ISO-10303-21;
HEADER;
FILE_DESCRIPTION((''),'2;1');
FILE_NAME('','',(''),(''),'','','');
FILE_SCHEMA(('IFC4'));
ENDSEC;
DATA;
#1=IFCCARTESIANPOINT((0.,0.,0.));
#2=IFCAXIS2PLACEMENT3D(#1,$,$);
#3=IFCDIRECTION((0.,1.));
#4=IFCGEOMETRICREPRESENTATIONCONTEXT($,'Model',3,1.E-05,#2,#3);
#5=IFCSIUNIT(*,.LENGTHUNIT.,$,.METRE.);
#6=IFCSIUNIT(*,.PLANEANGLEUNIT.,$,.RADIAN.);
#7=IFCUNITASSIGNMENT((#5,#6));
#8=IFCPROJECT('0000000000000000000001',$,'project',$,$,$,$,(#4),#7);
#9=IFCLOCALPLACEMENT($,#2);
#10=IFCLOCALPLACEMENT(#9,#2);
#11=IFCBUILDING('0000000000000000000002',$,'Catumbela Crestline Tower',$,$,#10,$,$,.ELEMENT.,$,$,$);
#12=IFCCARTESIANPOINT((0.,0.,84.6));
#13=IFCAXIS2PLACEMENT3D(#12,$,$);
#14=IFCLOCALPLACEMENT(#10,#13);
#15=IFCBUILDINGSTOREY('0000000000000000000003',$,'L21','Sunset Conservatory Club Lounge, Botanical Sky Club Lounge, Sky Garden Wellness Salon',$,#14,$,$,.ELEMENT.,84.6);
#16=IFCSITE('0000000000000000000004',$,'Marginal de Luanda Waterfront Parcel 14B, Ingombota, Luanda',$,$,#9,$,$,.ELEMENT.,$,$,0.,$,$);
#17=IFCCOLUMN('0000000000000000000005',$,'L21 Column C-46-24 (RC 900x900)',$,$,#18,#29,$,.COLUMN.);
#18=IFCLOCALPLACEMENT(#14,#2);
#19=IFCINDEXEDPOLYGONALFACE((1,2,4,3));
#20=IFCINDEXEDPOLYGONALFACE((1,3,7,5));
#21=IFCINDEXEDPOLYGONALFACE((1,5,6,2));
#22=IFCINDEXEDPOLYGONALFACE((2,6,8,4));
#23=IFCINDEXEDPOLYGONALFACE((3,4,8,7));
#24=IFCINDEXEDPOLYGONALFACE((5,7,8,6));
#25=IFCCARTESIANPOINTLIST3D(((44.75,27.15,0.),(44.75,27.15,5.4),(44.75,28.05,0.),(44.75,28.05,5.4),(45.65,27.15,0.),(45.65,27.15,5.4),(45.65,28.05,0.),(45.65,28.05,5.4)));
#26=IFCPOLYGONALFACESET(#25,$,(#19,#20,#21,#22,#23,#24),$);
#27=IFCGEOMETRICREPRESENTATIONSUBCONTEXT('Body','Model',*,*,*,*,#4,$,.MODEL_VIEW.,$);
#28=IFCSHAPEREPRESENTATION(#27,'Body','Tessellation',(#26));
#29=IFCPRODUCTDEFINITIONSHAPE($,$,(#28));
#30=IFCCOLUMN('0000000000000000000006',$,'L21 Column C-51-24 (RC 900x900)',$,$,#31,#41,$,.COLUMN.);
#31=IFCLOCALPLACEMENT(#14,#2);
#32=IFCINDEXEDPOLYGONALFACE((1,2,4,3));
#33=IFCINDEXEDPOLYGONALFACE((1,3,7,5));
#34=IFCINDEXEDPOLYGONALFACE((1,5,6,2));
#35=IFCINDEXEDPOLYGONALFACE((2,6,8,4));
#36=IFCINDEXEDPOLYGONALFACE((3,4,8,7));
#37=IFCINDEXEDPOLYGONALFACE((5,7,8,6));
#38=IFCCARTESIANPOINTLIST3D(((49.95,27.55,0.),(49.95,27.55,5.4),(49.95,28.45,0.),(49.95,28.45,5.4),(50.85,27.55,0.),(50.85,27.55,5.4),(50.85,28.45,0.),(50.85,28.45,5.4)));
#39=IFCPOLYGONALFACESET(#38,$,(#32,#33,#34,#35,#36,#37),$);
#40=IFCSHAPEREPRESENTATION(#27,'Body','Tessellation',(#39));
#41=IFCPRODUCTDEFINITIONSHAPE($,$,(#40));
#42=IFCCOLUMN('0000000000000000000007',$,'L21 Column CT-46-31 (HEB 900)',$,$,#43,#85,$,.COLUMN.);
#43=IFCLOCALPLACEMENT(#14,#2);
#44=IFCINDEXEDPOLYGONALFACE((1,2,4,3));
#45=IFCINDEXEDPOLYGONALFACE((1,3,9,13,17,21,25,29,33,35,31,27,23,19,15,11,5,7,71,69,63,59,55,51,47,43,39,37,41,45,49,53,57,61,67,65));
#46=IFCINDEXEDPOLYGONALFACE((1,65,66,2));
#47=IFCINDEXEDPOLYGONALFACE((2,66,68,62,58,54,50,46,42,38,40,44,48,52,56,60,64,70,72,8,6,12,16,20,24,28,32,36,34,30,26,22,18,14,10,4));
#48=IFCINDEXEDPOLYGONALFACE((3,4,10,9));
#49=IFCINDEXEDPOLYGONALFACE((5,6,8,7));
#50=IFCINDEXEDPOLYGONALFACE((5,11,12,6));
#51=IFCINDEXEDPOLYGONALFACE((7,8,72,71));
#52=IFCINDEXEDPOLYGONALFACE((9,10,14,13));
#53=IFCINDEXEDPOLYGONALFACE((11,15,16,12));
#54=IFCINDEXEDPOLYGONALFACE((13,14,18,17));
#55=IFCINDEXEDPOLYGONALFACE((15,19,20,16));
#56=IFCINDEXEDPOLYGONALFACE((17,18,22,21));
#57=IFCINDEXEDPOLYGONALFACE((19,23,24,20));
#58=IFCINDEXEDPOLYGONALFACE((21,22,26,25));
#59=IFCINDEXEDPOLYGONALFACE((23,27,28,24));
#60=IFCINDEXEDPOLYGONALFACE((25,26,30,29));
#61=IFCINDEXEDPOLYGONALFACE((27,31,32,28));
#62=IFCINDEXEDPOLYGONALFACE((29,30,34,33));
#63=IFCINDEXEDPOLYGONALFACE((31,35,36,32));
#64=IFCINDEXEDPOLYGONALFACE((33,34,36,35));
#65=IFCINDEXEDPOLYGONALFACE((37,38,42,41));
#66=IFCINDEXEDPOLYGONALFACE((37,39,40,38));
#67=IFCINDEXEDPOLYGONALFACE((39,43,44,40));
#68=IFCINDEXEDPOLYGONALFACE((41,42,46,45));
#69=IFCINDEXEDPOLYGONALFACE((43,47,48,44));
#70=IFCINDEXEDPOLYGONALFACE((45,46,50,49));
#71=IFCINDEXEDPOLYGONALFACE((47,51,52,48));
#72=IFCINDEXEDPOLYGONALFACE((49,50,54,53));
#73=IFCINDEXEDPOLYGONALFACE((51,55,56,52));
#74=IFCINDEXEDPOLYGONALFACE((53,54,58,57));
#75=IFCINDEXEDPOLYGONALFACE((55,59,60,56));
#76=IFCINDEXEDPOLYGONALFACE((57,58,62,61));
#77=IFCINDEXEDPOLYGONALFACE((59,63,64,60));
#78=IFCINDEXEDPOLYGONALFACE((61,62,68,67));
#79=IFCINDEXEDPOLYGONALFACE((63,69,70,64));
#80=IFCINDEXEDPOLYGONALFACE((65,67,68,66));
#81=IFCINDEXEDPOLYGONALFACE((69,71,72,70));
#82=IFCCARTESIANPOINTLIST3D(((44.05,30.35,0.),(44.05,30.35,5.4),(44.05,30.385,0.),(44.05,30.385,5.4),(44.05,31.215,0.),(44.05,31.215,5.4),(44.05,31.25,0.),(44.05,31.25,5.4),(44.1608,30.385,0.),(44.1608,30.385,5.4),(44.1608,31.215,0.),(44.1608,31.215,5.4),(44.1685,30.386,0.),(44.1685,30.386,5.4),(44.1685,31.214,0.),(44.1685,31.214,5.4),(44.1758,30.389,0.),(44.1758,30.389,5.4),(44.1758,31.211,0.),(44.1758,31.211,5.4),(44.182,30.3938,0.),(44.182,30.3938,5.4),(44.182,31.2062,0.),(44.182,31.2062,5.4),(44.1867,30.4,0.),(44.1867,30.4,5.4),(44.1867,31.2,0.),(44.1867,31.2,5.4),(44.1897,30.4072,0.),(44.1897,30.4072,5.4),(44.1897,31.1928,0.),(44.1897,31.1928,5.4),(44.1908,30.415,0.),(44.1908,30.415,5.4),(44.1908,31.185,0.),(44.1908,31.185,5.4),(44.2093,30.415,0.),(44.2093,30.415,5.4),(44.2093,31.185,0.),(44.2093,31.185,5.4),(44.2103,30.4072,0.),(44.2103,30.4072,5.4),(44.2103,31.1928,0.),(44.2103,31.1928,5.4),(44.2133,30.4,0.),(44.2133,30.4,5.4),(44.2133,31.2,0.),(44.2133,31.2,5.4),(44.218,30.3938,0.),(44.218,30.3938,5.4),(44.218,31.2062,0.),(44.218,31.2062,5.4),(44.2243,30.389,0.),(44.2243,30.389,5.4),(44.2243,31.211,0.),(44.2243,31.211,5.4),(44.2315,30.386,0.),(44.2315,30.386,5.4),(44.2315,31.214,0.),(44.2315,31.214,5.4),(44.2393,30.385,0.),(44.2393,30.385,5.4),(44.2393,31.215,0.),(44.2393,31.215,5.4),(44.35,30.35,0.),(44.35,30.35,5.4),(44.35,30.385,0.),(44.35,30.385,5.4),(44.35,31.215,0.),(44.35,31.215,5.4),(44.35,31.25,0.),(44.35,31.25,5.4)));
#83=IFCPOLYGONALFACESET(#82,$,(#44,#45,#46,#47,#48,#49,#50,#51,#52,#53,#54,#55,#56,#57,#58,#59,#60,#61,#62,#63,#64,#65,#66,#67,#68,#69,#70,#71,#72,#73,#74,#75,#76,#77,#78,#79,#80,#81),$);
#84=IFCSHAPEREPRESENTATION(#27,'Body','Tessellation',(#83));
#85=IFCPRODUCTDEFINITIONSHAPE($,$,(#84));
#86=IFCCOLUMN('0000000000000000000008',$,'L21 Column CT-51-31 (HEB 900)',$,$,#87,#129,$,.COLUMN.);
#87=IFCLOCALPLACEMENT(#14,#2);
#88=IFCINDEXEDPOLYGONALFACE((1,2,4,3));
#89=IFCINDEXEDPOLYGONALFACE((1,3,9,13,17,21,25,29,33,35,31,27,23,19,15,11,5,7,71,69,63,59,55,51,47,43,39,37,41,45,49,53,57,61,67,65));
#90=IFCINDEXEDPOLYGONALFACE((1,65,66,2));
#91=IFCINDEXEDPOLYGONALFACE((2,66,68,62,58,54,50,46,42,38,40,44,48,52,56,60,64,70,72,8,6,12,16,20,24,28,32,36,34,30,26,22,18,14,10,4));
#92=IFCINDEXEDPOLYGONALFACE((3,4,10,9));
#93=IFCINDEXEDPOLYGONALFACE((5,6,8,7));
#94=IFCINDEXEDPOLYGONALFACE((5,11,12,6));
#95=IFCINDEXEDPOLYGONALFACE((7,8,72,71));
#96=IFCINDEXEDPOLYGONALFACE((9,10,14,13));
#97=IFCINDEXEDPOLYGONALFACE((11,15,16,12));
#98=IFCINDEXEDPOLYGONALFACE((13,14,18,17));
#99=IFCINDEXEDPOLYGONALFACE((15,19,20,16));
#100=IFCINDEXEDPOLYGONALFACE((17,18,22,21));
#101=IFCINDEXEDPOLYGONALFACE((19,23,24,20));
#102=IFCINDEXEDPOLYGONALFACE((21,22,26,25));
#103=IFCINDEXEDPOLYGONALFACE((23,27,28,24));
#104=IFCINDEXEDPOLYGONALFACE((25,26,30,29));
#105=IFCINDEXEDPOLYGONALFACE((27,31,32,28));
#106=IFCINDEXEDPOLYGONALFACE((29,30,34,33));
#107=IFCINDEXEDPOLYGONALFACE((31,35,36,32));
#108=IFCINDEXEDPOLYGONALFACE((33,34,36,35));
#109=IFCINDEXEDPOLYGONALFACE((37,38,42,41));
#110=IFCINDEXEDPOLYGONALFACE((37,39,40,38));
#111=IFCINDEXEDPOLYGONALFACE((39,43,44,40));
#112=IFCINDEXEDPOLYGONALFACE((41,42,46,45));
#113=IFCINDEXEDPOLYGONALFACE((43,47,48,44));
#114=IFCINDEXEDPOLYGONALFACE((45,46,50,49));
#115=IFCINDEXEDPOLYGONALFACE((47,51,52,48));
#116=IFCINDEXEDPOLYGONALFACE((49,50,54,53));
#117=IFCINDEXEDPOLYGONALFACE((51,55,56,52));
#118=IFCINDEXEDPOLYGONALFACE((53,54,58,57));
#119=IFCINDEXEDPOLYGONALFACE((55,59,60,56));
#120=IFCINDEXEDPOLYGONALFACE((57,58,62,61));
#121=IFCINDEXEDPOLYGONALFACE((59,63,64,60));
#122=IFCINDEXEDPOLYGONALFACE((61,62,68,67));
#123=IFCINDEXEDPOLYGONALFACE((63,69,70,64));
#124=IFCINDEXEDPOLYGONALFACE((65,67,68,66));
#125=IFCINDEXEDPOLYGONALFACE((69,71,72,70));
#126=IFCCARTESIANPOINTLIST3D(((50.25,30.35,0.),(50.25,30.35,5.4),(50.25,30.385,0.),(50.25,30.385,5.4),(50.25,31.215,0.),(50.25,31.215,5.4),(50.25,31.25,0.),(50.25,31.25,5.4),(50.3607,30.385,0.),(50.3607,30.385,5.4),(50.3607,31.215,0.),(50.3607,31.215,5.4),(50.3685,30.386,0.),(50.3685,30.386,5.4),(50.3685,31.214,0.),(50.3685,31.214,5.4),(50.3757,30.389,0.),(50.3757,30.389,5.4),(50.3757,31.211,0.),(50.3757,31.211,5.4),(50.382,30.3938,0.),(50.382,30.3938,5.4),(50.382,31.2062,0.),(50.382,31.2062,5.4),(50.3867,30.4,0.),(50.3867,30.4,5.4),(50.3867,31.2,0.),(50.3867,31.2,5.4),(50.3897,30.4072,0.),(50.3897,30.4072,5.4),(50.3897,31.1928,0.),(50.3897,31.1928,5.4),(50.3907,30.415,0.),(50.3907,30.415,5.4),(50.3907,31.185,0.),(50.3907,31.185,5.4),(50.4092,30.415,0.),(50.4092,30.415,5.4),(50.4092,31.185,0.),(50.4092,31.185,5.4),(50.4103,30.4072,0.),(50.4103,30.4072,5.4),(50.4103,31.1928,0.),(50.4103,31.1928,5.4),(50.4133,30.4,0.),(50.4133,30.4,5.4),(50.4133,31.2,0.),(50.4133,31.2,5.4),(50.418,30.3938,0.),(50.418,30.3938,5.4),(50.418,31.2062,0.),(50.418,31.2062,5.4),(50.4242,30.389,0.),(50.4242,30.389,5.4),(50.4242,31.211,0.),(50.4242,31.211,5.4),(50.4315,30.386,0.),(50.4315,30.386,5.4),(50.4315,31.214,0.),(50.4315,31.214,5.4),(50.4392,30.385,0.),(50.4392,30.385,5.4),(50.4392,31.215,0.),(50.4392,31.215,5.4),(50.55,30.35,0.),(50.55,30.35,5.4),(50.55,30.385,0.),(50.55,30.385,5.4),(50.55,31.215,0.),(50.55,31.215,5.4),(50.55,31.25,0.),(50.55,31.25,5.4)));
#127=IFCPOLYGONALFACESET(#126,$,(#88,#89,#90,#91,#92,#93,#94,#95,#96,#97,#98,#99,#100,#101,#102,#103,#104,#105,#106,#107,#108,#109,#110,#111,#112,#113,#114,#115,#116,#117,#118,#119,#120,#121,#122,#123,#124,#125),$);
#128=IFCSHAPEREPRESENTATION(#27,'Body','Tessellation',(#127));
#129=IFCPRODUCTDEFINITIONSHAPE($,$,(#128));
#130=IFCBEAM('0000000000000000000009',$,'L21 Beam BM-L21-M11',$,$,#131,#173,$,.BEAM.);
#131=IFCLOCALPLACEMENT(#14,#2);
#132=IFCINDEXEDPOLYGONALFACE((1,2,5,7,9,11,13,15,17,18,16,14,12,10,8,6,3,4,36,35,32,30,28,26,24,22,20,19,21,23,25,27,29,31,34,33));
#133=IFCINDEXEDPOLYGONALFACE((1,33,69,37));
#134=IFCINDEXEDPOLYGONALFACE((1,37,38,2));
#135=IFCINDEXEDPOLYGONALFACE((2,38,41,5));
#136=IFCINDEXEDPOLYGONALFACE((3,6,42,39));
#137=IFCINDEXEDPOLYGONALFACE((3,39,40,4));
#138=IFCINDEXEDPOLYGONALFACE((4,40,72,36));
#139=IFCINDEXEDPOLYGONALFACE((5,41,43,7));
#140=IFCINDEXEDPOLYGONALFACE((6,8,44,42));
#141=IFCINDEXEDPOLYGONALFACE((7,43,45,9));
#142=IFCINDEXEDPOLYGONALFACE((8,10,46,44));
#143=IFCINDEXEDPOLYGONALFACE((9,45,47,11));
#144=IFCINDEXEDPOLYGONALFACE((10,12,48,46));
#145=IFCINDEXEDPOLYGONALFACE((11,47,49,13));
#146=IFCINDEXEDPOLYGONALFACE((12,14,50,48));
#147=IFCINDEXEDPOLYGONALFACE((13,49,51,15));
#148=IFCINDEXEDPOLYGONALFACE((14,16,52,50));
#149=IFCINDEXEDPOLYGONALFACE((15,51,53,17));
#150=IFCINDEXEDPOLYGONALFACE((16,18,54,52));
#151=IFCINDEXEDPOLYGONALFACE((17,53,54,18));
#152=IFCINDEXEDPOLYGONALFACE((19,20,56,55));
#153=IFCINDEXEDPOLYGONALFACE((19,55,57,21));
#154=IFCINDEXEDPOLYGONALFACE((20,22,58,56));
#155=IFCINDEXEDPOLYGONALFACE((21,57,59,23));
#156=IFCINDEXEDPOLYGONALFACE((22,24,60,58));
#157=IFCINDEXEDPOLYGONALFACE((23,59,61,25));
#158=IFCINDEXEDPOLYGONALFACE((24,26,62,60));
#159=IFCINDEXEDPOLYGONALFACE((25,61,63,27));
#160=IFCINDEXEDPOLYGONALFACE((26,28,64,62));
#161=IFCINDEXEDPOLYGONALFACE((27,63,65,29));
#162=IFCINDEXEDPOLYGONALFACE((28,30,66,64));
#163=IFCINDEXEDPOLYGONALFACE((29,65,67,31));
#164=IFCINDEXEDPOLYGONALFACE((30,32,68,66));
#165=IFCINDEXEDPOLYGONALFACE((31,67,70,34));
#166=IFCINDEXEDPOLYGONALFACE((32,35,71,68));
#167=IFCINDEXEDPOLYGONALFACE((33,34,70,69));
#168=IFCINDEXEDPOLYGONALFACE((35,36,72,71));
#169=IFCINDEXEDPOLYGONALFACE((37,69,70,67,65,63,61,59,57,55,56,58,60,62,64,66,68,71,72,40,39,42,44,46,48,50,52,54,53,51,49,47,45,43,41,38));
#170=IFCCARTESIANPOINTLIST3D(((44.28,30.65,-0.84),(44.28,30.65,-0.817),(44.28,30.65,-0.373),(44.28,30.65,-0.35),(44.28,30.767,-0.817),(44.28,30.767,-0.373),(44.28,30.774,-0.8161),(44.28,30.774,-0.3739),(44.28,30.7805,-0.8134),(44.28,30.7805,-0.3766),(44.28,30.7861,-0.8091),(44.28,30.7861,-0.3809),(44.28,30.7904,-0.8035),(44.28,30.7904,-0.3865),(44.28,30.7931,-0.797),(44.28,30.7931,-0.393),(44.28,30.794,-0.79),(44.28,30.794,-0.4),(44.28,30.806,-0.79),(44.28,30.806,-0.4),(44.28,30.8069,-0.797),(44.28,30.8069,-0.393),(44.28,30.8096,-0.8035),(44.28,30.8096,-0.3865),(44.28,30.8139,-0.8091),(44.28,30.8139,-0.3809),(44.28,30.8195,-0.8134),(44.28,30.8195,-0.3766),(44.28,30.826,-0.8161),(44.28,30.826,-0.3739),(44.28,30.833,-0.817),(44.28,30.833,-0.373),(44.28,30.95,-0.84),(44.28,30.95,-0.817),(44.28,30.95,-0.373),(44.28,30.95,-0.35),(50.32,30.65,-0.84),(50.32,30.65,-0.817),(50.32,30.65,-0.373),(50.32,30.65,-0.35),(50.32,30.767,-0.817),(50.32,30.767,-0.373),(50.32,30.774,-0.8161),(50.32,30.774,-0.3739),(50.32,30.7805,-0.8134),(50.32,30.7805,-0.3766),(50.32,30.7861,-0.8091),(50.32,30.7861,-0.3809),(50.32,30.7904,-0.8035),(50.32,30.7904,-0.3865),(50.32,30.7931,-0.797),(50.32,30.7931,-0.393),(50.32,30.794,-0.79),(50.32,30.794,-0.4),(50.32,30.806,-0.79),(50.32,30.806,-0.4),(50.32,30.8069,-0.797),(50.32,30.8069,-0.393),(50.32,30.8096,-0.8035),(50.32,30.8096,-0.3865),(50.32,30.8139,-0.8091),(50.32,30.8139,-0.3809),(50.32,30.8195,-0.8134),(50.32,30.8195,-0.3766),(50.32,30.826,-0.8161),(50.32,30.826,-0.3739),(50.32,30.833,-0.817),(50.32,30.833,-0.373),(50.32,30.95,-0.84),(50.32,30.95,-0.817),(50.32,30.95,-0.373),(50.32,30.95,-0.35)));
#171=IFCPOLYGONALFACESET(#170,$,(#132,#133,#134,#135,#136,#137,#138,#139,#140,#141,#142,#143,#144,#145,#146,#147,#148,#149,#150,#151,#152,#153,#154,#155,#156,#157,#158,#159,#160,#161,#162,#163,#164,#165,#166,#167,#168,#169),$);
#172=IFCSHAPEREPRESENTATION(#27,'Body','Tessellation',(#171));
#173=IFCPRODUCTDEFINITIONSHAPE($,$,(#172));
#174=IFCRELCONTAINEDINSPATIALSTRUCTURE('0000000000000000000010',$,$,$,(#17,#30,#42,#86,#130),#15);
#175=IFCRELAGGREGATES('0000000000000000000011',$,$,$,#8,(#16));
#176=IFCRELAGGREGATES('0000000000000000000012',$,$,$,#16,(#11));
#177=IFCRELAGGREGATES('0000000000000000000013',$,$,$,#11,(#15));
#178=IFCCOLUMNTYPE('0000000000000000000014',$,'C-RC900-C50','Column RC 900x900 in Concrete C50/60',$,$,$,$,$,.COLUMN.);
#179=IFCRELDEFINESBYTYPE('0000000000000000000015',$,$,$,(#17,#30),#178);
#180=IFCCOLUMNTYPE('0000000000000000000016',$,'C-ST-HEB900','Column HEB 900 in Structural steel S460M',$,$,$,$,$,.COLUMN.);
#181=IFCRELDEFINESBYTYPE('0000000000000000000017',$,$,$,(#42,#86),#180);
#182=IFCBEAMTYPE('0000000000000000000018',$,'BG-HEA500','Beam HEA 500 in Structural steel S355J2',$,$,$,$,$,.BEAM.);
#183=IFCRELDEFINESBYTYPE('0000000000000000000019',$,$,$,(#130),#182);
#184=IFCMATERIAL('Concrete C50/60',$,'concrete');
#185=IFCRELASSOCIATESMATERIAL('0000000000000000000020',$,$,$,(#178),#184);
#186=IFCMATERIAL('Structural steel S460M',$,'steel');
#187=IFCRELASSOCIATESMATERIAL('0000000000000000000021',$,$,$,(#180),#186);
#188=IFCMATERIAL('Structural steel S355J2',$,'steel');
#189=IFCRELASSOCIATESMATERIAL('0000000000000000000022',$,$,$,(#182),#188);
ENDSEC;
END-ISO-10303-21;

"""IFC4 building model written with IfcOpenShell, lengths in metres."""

from ifc_helpers import new_model, si_unit, direction, frame, origin, origin_2d, place, context, subcontext, project, spatial, rectangle, i_section, extrude, material, material_profile, profile_set, type_object, element, save


model = new_model("IFC4")

# Units and contexts
model_context = context("Model", 3, precision=1e-05, world=origin(), true_north=direction((0.0, 1.0)))
body_context = subcontext(model_context, "Body", "Model", "MODEL_VIEW")
ifc_project = project(units=[si_unit("LENGTHUNIT", "METRE"), si_unit("PLANEANGLEUNIT", "RADIAN")], contexts=[model_context])

# Site, building, storey
site_placement = place(None, origin())
site = spatial("IfcSite", under=ifc_project, at=site_placement, Name="Marginal de Luanda Waterfront Parcel 14B, Ingombota, Luanda", CompositionType="ELEMENT", RefElevation=0.0)
building_placement = place(site_placement, origin())
building = spatial("IfcBuilding", under=site, at=building_placement, Name="Catumbela Crestline Tower", CompositionType="ELEMENT")
storey_placement = place(building_placement, frame((0.0, 0.0, 84.6)))
storey = spatial("IfcBuildingStorey", under=building, at=storey_placement, Name="L21", Description="Sunset Conservatory Club Lounge, Botanical Sky Club Lounge, Sky Garden Wellness Salon", CompositionType="ELEMENT", Elevation=84.6)

# Columns
ifc_material_1 = material(Name="Concrete C50/60", Category="concrete")
ifc_material_profile_1 = material_profile(ifc_material_1, rectangle(XDim=0.9, YDim=0.9, at=origin_2d()), Name="RC 900x900")
ifc_profile_set_1 = profile_set([ifc_material_profile_1], Name="Concrete C50/60")
column_type_1 = type_object("IfcColumnType", Name="C-RC900-C50", Description="Column RC 900x900 in Concrete C50/60", PredefinedType="COLUMN", material=ifc_profile_set_1)
for number, where, z_axis, x_axis, name in (
    (1, (45.2, 27.6, 0.0), (0.0, 0.0, 1.0), (1.0, 0.0, 0.0), "L21 Column C-46-24 (RC 900x900)"),
    (2, (50.4, 28.0, 0.0), (0.0, 0.0, 1.0), (1.0, 0.0, 0.0), "L21 Column C-51-24 (RC 900x900)"),
):
    element("IfcColumn", number, at=place(storey_placement, frame(where, z_axis=z_axis, x_axis=x_axis)), inside=storey, type_object=column_type_1, Name=name, PredefinedType="COLUMN", context=body_context, shape_type="SweptSolid", body=[
        extrude(rectangle(XDim=0.9, YDim=0.9, at=origin_2d()), origin(), (0.0, 0.0, 1.0), 5.4),
    ])
ifc_material_2 = material(Name="Structural steel S460M", Category="steel")
ifc_material_profile_2 = material_profile(ifc_material_2, i_section(OverallWidth=0.3, OverallDepth=0.9, WebThickness=0.0185, FlangeThickness=0.035, FilletRadius=0.03, at=origin_2d()), Name="HEB 900")
ifc_profile_set_2 = profile_set([ifc_material_profile_2], Name="Structural steel S460M")
column_type_2 = type_object("IfcColumnType", Name="C-ST-HEB900", Description="Column HEB 900 in Structural steel S460M", PredefinedType="COLUMN", material=ifc_profile_set_2)
for number, where, z_axis, x_axis, name in (
    (3, (44.2, 30.8, 0.0), (0.0, 0.0, 1.0), (1.0, 0.0, 0.0), "L21 Column CT-46-31 (HEB 900)"),
    (4, (50.4, 30.8, 0.0), (0.0, 0.0, 1.0), (1.0, 0.0, 0.0), "L21 Column CT-51-31 (HEB 900)"),
):
    element("IfcColumn", number, at=place(storey_placement, frame(where, z_axis=z_axis, x_axis=x_axis)), inside=storey, type_object=column_type_2, Name=name, PredefinedType="COLUMN", context=body_context, shape_type="SweptSolid", body=[
        extrude(i_section(OverallWidth=0.3, OverallDepth=0.9, WebThickness=0.0185, FlangeThickness=0.035, FilletRadius=0.03, at=origin_2d()), origin(), (0.0, 0.0, 1.0), 5.4),
    ])

# Beam
ifc_material_3 = material(Name="Structural steel S355J2", Category="steel")
ifc_material_profile_3 = material_profile(ifc_material_3, i_section(OverallWidth=0.3, OverallDepth=0.49, WebThickness=0.012, FlangeThickness=0.023, FilletRadius=0.027, at=origin_2d()), Name="HEA 500")
ifc_profile_set_3 = profile_set([ifc_material_profile_3], Name="Structural steel S355J2")
beam_type_1 = type_object("IfcBeamType", Name="BG-HEA500", Description="Beam HEA 500 in Structural steel S355J2", PredefinedType="BEAM", material=ifc_profile_set_3)
beam_1_placement = place(storey_placement, frame((44.28, 30.8, -0.595), z_axis=(1.0, 0.0, 0.0), x_axis=(0.0, 1.0, 0.0)))
element("IfcBeam", 5, at=beam_1_placement, inside=storey, type_object=beam_type_1, Name="L21 Beam BM-L21-M11", PredefinedType="BEAM", context=body_context, shape_type="SweptSolid", body=[
    extrude(i_section(OverallWidth=0.3, OverallDepth=0.49, WebThickness=0.012, FlangeThickness=0.023, FilletRadius=0.027, at=origin_2d()), origin(), (0.0, 0.0, 1.0), 6.04),
])

save(model, "model.ifc")
